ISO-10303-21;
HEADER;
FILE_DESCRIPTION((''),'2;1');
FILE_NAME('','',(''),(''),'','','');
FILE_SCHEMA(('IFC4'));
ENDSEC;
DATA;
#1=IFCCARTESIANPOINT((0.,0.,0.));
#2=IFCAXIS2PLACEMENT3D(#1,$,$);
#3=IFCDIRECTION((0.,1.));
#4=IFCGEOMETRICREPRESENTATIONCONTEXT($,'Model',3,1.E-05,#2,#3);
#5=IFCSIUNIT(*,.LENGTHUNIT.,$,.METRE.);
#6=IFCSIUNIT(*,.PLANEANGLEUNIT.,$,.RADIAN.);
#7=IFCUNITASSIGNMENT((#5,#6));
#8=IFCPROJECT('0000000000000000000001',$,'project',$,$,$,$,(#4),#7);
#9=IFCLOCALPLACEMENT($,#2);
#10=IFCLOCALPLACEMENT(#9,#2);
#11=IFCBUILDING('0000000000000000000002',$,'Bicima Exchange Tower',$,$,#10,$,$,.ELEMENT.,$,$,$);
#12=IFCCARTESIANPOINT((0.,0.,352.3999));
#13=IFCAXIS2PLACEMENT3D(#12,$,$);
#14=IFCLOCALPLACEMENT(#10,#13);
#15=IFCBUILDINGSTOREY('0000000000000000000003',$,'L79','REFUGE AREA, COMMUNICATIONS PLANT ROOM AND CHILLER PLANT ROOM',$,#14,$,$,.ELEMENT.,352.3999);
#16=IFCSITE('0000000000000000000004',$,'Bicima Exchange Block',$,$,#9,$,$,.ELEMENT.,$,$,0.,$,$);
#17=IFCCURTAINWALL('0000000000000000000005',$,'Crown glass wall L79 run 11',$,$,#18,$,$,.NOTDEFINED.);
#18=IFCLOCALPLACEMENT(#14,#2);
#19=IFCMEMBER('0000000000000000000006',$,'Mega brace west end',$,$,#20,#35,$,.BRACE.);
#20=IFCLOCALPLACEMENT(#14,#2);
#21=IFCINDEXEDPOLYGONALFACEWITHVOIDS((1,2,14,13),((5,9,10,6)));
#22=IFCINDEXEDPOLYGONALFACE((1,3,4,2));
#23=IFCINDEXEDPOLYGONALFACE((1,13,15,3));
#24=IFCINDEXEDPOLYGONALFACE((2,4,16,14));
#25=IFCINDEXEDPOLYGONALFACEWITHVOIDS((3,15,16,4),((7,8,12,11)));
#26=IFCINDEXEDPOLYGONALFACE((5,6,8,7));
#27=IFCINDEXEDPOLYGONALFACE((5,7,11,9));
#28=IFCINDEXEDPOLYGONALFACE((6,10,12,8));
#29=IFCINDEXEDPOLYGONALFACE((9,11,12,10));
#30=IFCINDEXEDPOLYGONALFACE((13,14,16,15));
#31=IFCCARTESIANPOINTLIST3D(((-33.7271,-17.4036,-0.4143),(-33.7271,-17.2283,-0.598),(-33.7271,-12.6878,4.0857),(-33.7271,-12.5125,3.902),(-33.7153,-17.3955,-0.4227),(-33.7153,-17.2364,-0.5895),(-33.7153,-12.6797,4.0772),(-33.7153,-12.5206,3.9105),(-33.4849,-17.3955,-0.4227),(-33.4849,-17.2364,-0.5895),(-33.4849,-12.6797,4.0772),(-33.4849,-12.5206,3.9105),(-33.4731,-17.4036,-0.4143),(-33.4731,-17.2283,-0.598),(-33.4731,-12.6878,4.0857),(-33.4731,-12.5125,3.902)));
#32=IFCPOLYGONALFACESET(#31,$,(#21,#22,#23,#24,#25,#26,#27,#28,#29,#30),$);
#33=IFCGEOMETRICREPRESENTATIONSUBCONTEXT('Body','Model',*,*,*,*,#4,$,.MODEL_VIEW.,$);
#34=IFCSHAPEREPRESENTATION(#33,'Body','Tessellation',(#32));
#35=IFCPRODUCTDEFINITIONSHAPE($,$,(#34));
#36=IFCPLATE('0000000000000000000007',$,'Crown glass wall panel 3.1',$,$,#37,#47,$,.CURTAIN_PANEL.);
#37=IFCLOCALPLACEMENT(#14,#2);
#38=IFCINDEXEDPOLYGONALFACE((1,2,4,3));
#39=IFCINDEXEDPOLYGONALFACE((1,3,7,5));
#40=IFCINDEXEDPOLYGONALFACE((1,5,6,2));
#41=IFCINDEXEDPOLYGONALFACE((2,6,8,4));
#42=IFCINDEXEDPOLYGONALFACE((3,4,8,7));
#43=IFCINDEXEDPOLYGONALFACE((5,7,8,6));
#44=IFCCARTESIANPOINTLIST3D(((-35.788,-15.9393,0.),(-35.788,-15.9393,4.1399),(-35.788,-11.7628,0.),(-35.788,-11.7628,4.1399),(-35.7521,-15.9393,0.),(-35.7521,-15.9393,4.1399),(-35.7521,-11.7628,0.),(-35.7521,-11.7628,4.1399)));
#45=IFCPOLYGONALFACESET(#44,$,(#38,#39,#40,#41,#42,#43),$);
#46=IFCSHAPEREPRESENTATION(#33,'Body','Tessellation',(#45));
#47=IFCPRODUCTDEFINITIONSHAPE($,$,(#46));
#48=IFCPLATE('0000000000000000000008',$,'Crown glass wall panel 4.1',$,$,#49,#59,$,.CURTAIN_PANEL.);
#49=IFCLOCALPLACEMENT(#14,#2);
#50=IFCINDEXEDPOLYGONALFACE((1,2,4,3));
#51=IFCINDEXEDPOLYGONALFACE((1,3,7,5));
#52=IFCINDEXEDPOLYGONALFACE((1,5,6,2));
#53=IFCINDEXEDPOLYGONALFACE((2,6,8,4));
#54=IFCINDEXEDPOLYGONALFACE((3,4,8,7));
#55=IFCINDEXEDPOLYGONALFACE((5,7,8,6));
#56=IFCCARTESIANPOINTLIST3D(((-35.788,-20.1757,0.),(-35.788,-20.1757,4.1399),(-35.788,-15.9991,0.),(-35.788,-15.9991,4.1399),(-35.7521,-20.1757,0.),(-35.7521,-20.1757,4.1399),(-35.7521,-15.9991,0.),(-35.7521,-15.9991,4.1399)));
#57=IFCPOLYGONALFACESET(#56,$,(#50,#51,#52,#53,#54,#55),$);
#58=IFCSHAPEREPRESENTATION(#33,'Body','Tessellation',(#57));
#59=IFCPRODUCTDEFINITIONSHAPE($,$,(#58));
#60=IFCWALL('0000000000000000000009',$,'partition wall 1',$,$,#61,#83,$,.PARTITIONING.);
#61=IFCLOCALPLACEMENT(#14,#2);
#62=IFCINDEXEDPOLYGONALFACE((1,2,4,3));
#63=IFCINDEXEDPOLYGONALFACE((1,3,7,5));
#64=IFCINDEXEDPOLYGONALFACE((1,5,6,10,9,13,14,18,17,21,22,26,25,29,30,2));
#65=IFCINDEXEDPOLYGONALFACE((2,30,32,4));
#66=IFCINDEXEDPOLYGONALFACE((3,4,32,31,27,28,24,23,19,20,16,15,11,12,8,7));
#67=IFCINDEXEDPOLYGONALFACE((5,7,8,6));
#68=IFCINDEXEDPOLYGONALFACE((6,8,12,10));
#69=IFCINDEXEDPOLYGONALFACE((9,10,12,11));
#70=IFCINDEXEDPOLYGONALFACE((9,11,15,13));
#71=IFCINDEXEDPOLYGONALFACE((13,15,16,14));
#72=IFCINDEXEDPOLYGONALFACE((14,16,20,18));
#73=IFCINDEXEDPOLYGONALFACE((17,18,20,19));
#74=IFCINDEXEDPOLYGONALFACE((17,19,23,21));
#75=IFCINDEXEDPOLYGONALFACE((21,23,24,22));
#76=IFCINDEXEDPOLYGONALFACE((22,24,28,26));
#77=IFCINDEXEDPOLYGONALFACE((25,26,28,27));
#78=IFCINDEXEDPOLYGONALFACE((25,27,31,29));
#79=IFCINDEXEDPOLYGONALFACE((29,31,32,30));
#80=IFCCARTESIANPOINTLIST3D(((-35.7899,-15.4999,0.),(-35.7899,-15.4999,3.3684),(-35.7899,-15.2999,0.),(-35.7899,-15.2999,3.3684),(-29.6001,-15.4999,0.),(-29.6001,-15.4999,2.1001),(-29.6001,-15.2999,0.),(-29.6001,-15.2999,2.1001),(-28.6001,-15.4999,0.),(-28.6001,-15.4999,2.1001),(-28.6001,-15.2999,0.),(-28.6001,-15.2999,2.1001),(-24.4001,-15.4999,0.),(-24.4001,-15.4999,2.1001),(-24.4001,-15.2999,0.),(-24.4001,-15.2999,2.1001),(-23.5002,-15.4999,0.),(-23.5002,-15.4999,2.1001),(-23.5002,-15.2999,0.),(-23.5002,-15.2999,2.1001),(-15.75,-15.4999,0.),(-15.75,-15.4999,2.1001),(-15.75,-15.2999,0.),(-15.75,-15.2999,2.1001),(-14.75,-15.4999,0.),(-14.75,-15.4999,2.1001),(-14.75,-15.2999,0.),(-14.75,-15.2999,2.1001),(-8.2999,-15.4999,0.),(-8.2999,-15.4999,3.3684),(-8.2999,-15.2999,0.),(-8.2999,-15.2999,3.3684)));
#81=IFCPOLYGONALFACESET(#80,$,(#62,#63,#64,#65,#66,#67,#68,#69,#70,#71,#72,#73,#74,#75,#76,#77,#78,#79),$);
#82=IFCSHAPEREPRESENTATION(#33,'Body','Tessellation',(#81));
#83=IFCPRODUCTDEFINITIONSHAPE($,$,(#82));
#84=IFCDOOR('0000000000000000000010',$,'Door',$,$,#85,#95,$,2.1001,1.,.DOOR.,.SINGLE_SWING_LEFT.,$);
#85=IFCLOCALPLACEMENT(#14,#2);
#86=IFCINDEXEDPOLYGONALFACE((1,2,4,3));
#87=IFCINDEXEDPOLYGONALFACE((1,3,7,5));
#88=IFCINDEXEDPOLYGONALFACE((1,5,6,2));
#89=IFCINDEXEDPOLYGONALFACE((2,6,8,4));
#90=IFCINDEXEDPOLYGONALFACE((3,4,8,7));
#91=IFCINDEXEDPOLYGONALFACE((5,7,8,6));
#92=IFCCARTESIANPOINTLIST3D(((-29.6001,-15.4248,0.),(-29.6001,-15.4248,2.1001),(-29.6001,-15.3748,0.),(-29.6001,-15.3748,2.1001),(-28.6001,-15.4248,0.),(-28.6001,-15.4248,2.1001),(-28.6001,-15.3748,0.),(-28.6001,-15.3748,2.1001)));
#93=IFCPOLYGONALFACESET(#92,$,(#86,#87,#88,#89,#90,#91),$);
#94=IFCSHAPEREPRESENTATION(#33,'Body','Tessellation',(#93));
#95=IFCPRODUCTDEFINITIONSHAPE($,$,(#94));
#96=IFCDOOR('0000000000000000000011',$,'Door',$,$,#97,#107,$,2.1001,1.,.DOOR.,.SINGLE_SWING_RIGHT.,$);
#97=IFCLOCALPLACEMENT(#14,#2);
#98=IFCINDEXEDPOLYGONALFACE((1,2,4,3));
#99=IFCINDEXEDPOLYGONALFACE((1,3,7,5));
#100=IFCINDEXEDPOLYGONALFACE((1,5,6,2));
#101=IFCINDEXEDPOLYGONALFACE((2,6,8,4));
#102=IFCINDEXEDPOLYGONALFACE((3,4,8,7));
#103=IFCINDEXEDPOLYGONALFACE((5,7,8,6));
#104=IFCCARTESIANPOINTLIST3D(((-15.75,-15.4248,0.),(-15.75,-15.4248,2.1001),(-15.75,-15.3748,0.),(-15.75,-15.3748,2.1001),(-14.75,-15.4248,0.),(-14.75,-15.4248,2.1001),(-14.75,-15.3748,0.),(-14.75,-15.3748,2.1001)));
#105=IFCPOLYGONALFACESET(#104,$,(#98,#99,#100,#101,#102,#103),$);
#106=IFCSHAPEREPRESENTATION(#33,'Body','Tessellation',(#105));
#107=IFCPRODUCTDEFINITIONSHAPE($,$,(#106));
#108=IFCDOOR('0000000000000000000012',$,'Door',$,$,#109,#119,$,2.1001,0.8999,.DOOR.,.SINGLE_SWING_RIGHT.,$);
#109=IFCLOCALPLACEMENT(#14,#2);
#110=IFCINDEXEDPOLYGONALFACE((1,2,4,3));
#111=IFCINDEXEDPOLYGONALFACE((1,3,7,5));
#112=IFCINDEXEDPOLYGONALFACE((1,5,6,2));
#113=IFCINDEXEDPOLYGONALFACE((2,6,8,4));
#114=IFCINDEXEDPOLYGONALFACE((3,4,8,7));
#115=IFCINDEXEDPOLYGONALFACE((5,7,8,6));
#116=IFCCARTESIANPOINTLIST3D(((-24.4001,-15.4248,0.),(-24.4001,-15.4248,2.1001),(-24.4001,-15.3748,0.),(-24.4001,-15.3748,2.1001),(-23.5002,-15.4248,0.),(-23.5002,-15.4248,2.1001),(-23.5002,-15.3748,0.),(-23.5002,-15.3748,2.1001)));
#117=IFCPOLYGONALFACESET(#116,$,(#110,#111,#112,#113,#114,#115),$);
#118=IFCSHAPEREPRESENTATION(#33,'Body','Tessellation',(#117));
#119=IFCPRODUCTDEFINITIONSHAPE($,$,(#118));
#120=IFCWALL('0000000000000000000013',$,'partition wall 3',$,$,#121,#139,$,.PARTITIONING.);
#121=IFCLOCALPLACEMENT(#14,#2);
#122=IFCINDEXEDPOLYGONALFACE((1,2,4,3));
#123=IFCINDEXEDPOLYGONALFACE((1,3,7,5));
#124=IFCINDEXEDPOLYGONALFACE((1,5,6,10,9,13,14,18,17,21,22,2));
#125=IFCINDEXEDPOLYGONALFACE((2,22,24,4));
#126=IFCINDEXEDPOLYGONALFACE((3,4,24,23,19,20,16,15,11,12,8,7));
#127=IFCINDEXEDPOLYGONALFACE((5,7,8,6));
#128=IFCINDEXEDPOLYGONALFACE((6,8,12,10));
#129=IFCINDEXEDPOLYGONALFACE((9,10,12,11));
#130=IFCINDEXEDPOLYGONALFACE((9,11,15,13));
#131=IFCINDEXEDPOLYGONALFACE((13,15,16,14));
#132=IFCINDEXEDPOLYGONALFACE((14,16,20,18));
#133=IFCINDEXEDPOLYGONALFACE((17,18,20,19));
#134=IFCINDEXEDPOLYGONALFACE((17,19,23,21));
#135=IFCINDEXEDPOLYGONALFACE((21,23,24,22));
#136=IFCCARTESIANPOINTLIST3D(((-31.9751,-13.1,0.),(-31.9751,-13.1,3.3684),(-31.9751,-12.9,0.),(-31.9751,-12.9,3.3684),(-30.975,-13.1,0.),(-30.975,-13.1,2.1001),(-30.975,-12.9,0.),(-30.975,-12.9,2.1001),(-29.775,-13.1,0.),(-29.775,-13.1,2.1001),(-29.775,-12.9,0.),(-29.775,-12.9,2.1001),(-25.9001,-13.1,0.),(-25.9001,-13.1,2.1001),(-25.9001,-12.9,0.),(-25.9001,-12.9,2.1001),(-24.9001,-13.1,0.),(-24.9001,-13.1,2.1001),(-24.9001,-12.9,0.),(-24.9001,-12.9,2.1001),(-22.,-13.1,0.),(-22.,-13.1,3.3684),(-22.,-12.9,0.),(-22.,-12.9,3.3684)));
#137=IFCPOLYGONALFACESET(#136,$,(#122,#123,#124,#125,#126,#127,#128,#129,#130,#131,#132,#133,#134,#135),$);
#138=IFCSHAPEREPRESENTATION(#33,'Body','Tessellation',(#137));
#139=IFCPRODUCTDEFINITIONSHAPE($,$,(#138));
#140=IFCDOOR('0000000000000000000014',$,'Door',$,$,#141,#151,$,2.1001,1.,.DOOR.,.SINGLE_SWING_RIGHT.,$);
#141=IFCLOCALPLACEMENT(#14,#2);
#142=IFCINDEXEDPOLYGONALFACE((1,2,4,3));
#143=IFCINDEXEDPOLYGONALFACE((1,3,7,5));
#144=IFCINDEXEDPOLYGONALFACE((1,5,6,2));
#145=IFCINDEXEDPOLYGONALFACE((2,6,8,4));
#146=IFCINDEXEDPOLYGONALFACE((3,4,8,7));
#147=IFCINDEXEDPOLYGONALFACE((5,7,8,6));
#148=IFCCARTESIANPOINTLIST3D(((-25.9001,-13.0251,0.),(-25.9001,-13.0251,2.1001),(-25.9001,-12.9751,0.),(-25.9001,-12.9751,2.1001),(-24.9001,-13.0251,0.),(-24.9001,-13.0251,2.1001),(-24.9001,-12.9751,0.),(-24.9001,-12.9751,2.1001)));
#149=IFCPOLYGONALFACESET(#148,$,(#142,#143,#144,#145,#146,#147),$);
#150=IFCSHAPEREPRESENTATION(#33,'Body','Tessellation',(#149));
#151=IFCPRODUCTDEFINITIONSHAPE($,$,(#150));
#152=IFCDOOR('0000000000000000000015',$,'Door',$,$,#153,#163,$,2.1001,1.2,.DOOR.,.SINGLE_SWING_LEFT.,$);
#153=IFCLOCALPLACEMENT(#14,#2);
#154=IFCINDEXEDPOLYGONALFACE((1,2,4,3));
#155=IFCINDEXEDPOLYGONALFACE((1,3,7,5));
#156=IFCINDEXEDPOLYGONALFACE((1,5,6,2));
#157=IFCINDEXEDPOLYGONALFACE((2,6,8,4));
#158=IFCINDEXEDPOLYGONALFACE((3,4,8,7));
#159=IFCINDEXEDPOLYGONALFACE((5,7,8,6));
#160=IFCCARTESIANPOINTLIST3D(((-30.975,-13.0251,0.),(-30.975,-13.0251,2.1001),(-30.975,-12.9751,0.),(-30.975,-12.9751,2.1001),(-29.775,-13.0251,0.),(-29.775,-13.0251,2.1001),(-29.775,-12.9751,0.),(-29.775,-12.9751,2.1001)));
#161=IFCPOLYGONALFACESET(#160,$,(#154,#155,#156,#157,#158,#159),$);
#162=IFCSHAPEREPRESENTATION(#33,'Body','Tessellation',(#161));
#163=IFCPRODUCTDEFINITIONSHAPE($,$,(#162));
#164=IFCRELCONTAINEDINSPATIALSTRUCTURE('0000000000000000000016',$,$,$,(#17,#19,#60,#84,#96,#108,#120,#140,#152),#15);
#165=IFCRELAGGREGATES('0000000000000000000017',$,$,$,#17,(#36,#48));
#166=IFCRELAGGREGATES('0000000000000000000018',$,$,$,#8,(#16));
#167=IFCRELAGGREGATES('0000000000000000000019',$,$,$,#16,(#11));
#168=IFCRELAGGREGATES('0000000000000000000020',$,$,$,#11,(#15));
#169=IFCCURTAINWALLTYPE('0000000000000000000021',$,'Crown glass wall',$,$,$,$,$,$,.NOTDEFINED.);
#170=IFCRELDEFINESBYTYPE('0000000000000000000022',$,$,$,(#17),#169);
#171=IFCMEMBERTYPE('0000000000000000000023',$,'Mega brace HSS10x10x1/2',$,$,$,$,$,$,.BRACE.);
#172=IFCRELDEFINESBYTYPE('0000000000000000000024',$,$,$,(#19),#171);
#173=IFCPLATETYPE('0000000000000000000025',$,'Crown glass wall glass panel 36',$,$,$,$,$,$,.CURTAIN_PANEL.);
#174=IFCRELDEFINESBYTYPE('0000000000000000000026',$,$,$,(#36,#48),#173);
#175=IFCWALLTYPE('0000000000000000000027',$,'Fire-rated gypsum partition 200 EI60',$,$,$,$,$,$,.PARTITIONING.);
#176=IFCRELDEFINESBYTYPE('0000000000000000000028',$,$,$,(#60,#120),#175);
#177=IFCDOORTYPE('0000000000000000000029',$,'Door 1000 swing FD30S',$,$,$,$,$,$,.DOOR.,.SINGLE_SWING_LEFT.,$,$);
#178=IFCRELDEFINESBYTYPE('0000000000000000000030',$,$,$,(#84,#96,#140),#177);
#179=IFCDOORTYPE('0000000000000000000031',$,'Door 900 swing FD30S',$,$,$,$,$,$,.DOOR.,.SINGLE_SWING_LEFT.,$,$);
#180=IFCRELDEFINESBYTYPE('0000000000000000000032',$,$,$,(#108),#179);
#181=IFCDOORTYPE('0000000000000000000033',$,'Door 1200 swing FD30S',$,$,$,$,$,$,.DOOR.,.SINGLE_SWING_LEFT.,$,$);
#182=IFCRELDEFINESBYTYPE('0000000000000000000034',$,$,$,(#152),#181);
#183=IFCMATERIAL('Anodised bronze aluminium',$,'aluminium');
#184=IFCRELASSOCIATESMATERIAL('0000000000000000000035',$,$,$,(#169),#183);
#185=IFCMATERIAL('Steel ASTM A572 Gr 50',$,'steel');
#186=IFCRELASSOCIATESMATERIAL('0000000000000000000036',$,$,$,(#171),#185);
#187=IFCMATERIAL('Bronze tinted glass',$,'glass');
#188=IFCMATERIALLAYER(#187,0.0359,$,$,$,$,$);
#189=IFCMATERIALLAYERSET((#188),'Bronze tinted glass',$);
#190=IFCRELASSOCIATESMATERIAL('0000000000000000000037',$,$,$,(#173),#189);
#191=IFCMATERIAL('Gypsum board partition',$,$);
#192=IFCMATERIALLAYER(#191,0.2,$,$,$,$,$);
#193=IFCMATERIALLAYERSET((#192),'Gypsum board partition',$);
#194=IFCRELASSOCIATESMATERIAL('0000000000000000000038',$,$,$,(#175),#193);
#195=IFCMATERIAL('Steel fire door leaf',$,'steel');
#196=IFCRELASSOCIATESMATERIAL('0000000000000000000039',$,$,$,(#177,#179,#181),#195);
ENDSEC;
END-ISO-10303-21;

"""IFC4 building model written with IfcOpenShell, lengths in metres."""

from ifc_helpers import new_model, si_unit, direction, frame, frame_2d, origin, origin_2d, place, context, subcontext, project, spatial, rectangle, hollow_rectangle, extrude, material, layer, layer_set, material_profile, profile_set, type_object, element, fill, aggregate, save


model = new_model("IFC4")

# Units and contexts
model_context = context("Model", 3, precision=1e-05, world=origin(), true_north=direction((0.0, 1.0)))
body_context = subcontext(model_context, "Body", "Model", "MODEL_VIEW")
ifc_project = project(units=[si_unit("LENGTHUNIT", "METRE"), si_unit("PLANEANGLEUNIT", "RADIAN")], contexts=[model_context])

# Site, building, storey
site_placement = place(None, origin())
site = spatial("IfcSite", under=ifc_project, at=site_placement, Name="Bicima Exchange Block", CompositionType="ELEMENT", RefElevation=0.0)
building_placement = place(site_placement, origin())
building = spatial("IfcBuilding", under=site, at=building_placement, Name="Bicima Exchange Tower", CompositionType="ELEMENT")
storey_placement = place(building_placement, frame((0.0, 0.0, 352.3999)))
storey = spatial("IfcBuildingStorey", under=building, at=storey_placement, Name="L79", Description="REFUGE AREA, COMMUNICATIONS PLANT ROOM AND CHILLER PLANT ROOM", CompositionType="ELEMENT", Elevation=352.3999)

# Shared definitions
ifc_material_1 = material(Name="Steel ASTM A572 Gr 50", Category="steel")

# Curtain wall
ifc_material_2 = material(Name="Anodised bronze aluminium", Category="aluminium")
curtain_wall_type = type_object("IfcCurtainWallType", Name="Crown glass wall", PredefinedType="NOTDEFINED", material=ifc_material_2)
curtain_wall_placement = place(storey_placement, origin())
curtain_wall = element("IfcCurtainWall", 1, at=curtain_wall_placement, inside=storey, type_object=curtain_wall_type, Name="Crown glass wall L79 run 11", PredefinedType="NOTDEFINED")

# Member
ifc_material_profile_1 = material_profile(ifc_material_1, hollow_rectangle(XDim=0.2539, YDim=0.2539, WallThickness=0.0117, at=origin_2d()))
ifc_profile_set_1 = profile_set([ifc_material_profile_1], Name="Steel ASTM A572 Gr 50")
member_type_1 = type_object("IfcMemberType", Name="Mega brace HSS10x10x1/2", PredefinedType="BRACE", material=ifc_profile_set_1)
member_1_placement = place(storey_placement, frame((-33.6001, -17.3159, -0.5061), z_axis=(0.0, 0.723468, 0.690358), x_axis=(-1.0, 0.0, 0.0)))
element("IfcMember", 2, at=member_1_placement, inside=storey, type_object=member_type_1, Name="Mega brace west end", PredefinedType="BRACE", context=body_context, shape_type="SweptSolid", body=[
    extrude(hollow_rectangle(XDim=0.2539, YDim=0.2539, WallThickness=0.0117, at=origin_2d()), origin(), (0.0, 0.0, 1.0), 6.5183),
])

# Plates
ifc_material_3 = material(Name="Bronze tinted glass", Category="glass")
ifc_layer_1 = layer(ifc_material_3, 0.0359)
ifc_layer_set_1 = layer_set([ifc_layer_1], Name="Bronze tinted glass")
plate_type = type_object("IfcPlateType", Name="Crown glass wall glass panel 36", PredefinedType="CURTAIN_PANEL", material=ifc_layer_set_1)
plate_1_placement = place(storey_placement, frame((-35.77, -13.8511, 0.0), z_axis=(0.0, 0.0, 1.0), x_axis=(0.0, -1.0, 0.0)))
plate_1 = element("IfcPlate", 3, at=plate_1_placement, type_object=plate_type, Name="Crown glass wall panel 3.1", PredefinedType="CURTAIN_PANEL", context=body_context, shape_type="SweptSolid", body=[
    extrude(rectangle(XDim=4.1765, YDim=0.0359, at=origin_2d()), origin(), (0.0, 0.0, 1.0), 4.1399),
])
plate_2_placement = place(storey_placement, frame((-35.77, -18.0874, 0.0), z_axis=(0.0, 0.0, 1.0), x_axis=(0.0, -1.0, 0.0)))
plate_2 = element("IfcPlate", 4, at=plate_2_placement, type_object=plate_type, Name="Crown glass wall panel 4.1", PredefinedType="CURTAIN_PANEL", context=body_context, shape_type="SweptSolid", body=[
    extrude(rectangle(XDim=4.1765, YDim=0.0359, at=origin_2d()), origin(), (0.0, 0.0, 1.0), 4.1399),
])
aggregate(curtain_wall, [plate_1, plate_2])

# Walls, openings, doors
ifc_material_4 = material(Name="Gypsum board partition")
ifc_layer_2 = layer(ifc_material_4, 0.2)
ifc_layer_set_2 = layer_set([ifc_layer_2], Name="Gypsum board partition")
wall_type_1 = type_object("IfcWallType", Name="Fire-rated gypsum partition 200 EI60", PredefinedType="PARTITIONING", material=ifc_layer_set_2)
wall_1_placement = place(storey_placement, frame((-35.79, -15.3999, 0.0), z_axis=(0.0, 0.0, 1.0), x_axis=(1.0, 0.0, 0.0)))
wall_1 = element("IfcWall", 5, at=wall_1_placement, inside=storey, type_object=wall_type_1, Name="partition wall 1", PredefinedType="PARTITIONING", context=body_context, shape_type="SweptSolid", body=[
    extrude(rectangle(XDim=27.49, YDim=0.2, at=frame_2d((13.7451, 0.0))), origin(), (0.0, 0.0, 1.0), 3.3684),
])
opening_1_placement = place(wall_1_placement, frame((6.1899, 0.0, 0.0)))
opening_1 = element("IfcOpeningElement", 6, at=opening_1_placement, cuts=wall_1, PredefinedType="OPENING", context=body_context, shape_type="SweptSolid", body=[
    extrude(rectangle(XDim=1.0, YDim=2.1001, at=frame_2d((0.5, 1.05))), frame((0.0, 0.1118, 0.0), z_axis=(0.0, -1.0, 0.0), x_axis=(1.0, 0.0, 0.0)), (0.0, 0.0, 1.0), 0.2239),
])
opening_2_placement = place(wall_1_placement, frame((11.3899, 0.0, 0.0)))
opening_2 = element("IfcOpeningElement", 7, at=opening_2_placement, cuts=wall_1, PredefinedType="OPENING", context=body_context, shape_type="SweptSolid", body=[
    extrude(rectangle(XDim=0.8999, YDim=2.1001, at=frame_2d((0.45, 1.05))), frame((0.0, 0.1118, 0.0), z_axis=(0.0, -1.0, 0.0), x_axis=(1.0, 0.0, 0.0)), (0.0, 0.0, 1.0), 0.2239),
])
opening_3_placement = place(wall_1_placement, frame((20.04, 0.0, 0.0)))
opening_3 = element("IfcOpeningElement", 8, at=opening_3_placement, cuts=wall_1, PredefinedType="OPENING", context=body_context, shape_type="SweptSolid", body=[
    extrude(rectangle(XDim=1.0, YDim=2.1001, at=frame_2d((0.5, 1.05))), frame((0.0, 0.1118, 0.0), z_axis=(0.0, -1.0, 0.0), x_axis=(1.0, 0.0, 0.0)), (0.0, 0.0, 1.0), 0.2239),
])
ifc_material_5 = material(Name="Steel fire door leaf", Category="steel")
door_type_1 = type_object("IfcDoorType", Name="Door 1000 swing FD30S", OperationType="SINGLE_SWING_LEFT", PredefinedType="DOOR", material=ifc_material_5)
door_1_placement = place(opening_1_placement, frame((1.0, 0.0, 0.0), z_axis=(0.0, 0.0, 1.0), x_axis=(-1.0, 0.0, 0.0)))
door_1 = element("IfcDoor", 9, at=door_1_placement, inside=storey, type_object=door_type_1, Name="Door", OperationType="SINGLE_SWING_LEFT", OverallHeight=2.1001, OverallWidth=1.0, PredefinedType="DOOR", context=body_context, shape_type="SweptSolid", body=[
    extrude(rectangle(XDim=1.0, YDim=2.1001, at=frame_2d((0.5, 1.05))), frame((0.0, 0.0249, 0.0), z_axis=(0.0, -1.0, 0.0), x_axis=(1.0, 0.0, 0.0)), (0.0, 0.0, 1.0), 0.05),
])
fill(opening_1, door_1)
door_2_placement = place(opening_3_placement, frame((1.0, 0.0, 0.0), z_axis=(0.0, 0.0, 1.0), x_axis=(-1.0, 0.0, 0.0)))
door_2 = element("IfcDoor", 10, at=door_2_placement, inside=storey, type_object=door_type_1, Name="Door", OperationType="SINGLE_SWING_RIGHT", OverallHeight=2.1001, OverallWidth=1.0, PredefinedType="DOOR", context=body_context, shape_type="SweptSolid", body=[
    extrude(rectangle(XDim=1.0, YDim=2.1001, at=frame_2d((0.5, 1.05))), frame((0.0, 0.0249, 0.0), z_axis=(0.0, -1.0, 0.0), x_axis=(1.0, 0.0, 0.0)), (0.0, 0.0, 1.0), 0.05),
])
fill(opening_3, door_2)
door_type_2 = type_object("IfcDoorType", Name="Door 900 swing FD30S", OperationType="SINGLE_SWING_LEFT", PredefinedType="DOOR", material=ifc_material_5)
door_3_placement = place(opening_2_placement, frame((0.8999, 0.0, 0.0), z_axis=(0.0, 0.0, 1.0), x_axis=(-1.0, 0.0, 0.0)))
door_3 = element("IfcDoor", 11, at=door_3_placement, inside=storey, type_object=door_type_2, Name="Door", OperationType="SINGLE_SWING_RIGHT", OverallHeight=2.1001, OverallWidth=0.8999, PredefinedType="DOOR", context=body_context, shape_type="SweptSolid", body=[
    extrude(rectangle(XDim=0.8999, YDim=2.1001, at=frame_2d((0.45, 1.05))), frame((0.0, 0.0249, 0.0), z_axis=(0.0, -1.0, 0.0), x_axis=(1.0, 0.0, 0.0)), (0.0, 0.0, 1.0), 0.05),
])
fill(opening_2, door_3)
wall_2_placement = place(storey_placement, frame((-31.9751, -13.0, 0.0), z_axis=(0.0, 0.0, 1.0), x_axis=(1.0, 0.0, 0.0)))
wall_2 = element("IfcWall", 12, at=wall_2_placement, inside=storey, type_object=wall_type_1, Name="partition wall 3", PredefinedType="PARTITIONING", context=body_context, shape_type="SweptSolid", body=[
    extrude(rectangle(XDim=9.9751, YDim=0.2, at=frame_2d((4.9875, 0.0))), origin(), (0.0, 0.0, 1.0), 3.3684),
])
opening_4_placement = place(wall_2_placement, frame((1.0, 0.0, 0.0)))
opening_4 = element("IfcOpeningElement", 13, at=opening_4_placement, cuts=wall_2, PredefinedType="OPENING", context=body_context, shape_type="SweptSolid", body=[
    extrude(rectangle(XDim=1.2, YDim=2.1001, at=frame_2d((0.6001, 1.05))), frame((0.0, 0.1118, 0.0), z_axis=(0.0, -1.0, 0.0), x_axis=(1.0, 0.0, 0.0)), (0.0, 0.0, 1.0), 0.2239),
])
opening_5_placement = place(wall_2_placement, frame((6.075, 0.0, 0.0)))
opening_5 = element("IfcOpeningElement", 14, at=opening_5_placement, cuts=wall_2, PredefinedType="OPENING", context=body_context, shape_type="SweptSolid", body=[
    extrude(rectangle(XDim=1.0, YDim=2.1001, at=frame_2d((0.5, 1.05))), frame((0.0, 0.1118, 0.0), z_axis=(0.0, -1.0, 0.0), x_axis=(1.0, 0.0, 0.0)), (0.0, 0.0, 1.0), 0.2239),
])
door_4_placement = place(opening_5_placement, origin())
door_4 = element("IfcDoor", 15, at=door_4_placement, inside=storey, type_object=door_type_1, Name="Door", OperationType="SINGLE_SWING_RIGHT", OverallHeight=2.1001, OverallWidth=1.0, PredefinedType="DOOR", context=body_context, shape_type="SweptSolid", body=[
    extrude(rectangle(XDim=1.0, YDim=2.1001, at=frame_2d((0.5, 1.05))), frame((0.0, 0.0249, 0.0), z_axis=(0.0, -1.0, 0.0), x_axis=(1.0, 0.0, 0.0)), (0.0, 0.0, 1.0), 0.05),
])
fill(opening_5, door_4)
door_type_3 = type_object("IfcDoorType", Name="Door 1200 swing FD30S", OperationType="SINGLE_SWING_LEFT", PredefinedType="DOOR", material=ifc_material_5)
door_5_placement = place(opening_4_placement, origin())
door_5 = element("IfcDoor", 16, at=door_5_placement, inside=storey, type_object=door_type_3, Name="Door", OperationType="SINGLE_SWING_LEFT", OverallHeight=2.1001, OverallWidth=1.2, PredefinedType="DOOR", context=body_context, shape_type="SweptSolid", body=[
    extrude(rectangle(XDim=1.2, YDim=2.1001, at=frame_2d((0.6001, 1.05))), frame((0.0, 0.0249, 0.0), z_axis=(0.0, -1.0, 0.0), x_axis=(1.0, 0.0, 0.0)), (0.0, 0.0, 1.0), 0.05),
])
fill(opening_4, door_5)

save(model, "model.ifc")
